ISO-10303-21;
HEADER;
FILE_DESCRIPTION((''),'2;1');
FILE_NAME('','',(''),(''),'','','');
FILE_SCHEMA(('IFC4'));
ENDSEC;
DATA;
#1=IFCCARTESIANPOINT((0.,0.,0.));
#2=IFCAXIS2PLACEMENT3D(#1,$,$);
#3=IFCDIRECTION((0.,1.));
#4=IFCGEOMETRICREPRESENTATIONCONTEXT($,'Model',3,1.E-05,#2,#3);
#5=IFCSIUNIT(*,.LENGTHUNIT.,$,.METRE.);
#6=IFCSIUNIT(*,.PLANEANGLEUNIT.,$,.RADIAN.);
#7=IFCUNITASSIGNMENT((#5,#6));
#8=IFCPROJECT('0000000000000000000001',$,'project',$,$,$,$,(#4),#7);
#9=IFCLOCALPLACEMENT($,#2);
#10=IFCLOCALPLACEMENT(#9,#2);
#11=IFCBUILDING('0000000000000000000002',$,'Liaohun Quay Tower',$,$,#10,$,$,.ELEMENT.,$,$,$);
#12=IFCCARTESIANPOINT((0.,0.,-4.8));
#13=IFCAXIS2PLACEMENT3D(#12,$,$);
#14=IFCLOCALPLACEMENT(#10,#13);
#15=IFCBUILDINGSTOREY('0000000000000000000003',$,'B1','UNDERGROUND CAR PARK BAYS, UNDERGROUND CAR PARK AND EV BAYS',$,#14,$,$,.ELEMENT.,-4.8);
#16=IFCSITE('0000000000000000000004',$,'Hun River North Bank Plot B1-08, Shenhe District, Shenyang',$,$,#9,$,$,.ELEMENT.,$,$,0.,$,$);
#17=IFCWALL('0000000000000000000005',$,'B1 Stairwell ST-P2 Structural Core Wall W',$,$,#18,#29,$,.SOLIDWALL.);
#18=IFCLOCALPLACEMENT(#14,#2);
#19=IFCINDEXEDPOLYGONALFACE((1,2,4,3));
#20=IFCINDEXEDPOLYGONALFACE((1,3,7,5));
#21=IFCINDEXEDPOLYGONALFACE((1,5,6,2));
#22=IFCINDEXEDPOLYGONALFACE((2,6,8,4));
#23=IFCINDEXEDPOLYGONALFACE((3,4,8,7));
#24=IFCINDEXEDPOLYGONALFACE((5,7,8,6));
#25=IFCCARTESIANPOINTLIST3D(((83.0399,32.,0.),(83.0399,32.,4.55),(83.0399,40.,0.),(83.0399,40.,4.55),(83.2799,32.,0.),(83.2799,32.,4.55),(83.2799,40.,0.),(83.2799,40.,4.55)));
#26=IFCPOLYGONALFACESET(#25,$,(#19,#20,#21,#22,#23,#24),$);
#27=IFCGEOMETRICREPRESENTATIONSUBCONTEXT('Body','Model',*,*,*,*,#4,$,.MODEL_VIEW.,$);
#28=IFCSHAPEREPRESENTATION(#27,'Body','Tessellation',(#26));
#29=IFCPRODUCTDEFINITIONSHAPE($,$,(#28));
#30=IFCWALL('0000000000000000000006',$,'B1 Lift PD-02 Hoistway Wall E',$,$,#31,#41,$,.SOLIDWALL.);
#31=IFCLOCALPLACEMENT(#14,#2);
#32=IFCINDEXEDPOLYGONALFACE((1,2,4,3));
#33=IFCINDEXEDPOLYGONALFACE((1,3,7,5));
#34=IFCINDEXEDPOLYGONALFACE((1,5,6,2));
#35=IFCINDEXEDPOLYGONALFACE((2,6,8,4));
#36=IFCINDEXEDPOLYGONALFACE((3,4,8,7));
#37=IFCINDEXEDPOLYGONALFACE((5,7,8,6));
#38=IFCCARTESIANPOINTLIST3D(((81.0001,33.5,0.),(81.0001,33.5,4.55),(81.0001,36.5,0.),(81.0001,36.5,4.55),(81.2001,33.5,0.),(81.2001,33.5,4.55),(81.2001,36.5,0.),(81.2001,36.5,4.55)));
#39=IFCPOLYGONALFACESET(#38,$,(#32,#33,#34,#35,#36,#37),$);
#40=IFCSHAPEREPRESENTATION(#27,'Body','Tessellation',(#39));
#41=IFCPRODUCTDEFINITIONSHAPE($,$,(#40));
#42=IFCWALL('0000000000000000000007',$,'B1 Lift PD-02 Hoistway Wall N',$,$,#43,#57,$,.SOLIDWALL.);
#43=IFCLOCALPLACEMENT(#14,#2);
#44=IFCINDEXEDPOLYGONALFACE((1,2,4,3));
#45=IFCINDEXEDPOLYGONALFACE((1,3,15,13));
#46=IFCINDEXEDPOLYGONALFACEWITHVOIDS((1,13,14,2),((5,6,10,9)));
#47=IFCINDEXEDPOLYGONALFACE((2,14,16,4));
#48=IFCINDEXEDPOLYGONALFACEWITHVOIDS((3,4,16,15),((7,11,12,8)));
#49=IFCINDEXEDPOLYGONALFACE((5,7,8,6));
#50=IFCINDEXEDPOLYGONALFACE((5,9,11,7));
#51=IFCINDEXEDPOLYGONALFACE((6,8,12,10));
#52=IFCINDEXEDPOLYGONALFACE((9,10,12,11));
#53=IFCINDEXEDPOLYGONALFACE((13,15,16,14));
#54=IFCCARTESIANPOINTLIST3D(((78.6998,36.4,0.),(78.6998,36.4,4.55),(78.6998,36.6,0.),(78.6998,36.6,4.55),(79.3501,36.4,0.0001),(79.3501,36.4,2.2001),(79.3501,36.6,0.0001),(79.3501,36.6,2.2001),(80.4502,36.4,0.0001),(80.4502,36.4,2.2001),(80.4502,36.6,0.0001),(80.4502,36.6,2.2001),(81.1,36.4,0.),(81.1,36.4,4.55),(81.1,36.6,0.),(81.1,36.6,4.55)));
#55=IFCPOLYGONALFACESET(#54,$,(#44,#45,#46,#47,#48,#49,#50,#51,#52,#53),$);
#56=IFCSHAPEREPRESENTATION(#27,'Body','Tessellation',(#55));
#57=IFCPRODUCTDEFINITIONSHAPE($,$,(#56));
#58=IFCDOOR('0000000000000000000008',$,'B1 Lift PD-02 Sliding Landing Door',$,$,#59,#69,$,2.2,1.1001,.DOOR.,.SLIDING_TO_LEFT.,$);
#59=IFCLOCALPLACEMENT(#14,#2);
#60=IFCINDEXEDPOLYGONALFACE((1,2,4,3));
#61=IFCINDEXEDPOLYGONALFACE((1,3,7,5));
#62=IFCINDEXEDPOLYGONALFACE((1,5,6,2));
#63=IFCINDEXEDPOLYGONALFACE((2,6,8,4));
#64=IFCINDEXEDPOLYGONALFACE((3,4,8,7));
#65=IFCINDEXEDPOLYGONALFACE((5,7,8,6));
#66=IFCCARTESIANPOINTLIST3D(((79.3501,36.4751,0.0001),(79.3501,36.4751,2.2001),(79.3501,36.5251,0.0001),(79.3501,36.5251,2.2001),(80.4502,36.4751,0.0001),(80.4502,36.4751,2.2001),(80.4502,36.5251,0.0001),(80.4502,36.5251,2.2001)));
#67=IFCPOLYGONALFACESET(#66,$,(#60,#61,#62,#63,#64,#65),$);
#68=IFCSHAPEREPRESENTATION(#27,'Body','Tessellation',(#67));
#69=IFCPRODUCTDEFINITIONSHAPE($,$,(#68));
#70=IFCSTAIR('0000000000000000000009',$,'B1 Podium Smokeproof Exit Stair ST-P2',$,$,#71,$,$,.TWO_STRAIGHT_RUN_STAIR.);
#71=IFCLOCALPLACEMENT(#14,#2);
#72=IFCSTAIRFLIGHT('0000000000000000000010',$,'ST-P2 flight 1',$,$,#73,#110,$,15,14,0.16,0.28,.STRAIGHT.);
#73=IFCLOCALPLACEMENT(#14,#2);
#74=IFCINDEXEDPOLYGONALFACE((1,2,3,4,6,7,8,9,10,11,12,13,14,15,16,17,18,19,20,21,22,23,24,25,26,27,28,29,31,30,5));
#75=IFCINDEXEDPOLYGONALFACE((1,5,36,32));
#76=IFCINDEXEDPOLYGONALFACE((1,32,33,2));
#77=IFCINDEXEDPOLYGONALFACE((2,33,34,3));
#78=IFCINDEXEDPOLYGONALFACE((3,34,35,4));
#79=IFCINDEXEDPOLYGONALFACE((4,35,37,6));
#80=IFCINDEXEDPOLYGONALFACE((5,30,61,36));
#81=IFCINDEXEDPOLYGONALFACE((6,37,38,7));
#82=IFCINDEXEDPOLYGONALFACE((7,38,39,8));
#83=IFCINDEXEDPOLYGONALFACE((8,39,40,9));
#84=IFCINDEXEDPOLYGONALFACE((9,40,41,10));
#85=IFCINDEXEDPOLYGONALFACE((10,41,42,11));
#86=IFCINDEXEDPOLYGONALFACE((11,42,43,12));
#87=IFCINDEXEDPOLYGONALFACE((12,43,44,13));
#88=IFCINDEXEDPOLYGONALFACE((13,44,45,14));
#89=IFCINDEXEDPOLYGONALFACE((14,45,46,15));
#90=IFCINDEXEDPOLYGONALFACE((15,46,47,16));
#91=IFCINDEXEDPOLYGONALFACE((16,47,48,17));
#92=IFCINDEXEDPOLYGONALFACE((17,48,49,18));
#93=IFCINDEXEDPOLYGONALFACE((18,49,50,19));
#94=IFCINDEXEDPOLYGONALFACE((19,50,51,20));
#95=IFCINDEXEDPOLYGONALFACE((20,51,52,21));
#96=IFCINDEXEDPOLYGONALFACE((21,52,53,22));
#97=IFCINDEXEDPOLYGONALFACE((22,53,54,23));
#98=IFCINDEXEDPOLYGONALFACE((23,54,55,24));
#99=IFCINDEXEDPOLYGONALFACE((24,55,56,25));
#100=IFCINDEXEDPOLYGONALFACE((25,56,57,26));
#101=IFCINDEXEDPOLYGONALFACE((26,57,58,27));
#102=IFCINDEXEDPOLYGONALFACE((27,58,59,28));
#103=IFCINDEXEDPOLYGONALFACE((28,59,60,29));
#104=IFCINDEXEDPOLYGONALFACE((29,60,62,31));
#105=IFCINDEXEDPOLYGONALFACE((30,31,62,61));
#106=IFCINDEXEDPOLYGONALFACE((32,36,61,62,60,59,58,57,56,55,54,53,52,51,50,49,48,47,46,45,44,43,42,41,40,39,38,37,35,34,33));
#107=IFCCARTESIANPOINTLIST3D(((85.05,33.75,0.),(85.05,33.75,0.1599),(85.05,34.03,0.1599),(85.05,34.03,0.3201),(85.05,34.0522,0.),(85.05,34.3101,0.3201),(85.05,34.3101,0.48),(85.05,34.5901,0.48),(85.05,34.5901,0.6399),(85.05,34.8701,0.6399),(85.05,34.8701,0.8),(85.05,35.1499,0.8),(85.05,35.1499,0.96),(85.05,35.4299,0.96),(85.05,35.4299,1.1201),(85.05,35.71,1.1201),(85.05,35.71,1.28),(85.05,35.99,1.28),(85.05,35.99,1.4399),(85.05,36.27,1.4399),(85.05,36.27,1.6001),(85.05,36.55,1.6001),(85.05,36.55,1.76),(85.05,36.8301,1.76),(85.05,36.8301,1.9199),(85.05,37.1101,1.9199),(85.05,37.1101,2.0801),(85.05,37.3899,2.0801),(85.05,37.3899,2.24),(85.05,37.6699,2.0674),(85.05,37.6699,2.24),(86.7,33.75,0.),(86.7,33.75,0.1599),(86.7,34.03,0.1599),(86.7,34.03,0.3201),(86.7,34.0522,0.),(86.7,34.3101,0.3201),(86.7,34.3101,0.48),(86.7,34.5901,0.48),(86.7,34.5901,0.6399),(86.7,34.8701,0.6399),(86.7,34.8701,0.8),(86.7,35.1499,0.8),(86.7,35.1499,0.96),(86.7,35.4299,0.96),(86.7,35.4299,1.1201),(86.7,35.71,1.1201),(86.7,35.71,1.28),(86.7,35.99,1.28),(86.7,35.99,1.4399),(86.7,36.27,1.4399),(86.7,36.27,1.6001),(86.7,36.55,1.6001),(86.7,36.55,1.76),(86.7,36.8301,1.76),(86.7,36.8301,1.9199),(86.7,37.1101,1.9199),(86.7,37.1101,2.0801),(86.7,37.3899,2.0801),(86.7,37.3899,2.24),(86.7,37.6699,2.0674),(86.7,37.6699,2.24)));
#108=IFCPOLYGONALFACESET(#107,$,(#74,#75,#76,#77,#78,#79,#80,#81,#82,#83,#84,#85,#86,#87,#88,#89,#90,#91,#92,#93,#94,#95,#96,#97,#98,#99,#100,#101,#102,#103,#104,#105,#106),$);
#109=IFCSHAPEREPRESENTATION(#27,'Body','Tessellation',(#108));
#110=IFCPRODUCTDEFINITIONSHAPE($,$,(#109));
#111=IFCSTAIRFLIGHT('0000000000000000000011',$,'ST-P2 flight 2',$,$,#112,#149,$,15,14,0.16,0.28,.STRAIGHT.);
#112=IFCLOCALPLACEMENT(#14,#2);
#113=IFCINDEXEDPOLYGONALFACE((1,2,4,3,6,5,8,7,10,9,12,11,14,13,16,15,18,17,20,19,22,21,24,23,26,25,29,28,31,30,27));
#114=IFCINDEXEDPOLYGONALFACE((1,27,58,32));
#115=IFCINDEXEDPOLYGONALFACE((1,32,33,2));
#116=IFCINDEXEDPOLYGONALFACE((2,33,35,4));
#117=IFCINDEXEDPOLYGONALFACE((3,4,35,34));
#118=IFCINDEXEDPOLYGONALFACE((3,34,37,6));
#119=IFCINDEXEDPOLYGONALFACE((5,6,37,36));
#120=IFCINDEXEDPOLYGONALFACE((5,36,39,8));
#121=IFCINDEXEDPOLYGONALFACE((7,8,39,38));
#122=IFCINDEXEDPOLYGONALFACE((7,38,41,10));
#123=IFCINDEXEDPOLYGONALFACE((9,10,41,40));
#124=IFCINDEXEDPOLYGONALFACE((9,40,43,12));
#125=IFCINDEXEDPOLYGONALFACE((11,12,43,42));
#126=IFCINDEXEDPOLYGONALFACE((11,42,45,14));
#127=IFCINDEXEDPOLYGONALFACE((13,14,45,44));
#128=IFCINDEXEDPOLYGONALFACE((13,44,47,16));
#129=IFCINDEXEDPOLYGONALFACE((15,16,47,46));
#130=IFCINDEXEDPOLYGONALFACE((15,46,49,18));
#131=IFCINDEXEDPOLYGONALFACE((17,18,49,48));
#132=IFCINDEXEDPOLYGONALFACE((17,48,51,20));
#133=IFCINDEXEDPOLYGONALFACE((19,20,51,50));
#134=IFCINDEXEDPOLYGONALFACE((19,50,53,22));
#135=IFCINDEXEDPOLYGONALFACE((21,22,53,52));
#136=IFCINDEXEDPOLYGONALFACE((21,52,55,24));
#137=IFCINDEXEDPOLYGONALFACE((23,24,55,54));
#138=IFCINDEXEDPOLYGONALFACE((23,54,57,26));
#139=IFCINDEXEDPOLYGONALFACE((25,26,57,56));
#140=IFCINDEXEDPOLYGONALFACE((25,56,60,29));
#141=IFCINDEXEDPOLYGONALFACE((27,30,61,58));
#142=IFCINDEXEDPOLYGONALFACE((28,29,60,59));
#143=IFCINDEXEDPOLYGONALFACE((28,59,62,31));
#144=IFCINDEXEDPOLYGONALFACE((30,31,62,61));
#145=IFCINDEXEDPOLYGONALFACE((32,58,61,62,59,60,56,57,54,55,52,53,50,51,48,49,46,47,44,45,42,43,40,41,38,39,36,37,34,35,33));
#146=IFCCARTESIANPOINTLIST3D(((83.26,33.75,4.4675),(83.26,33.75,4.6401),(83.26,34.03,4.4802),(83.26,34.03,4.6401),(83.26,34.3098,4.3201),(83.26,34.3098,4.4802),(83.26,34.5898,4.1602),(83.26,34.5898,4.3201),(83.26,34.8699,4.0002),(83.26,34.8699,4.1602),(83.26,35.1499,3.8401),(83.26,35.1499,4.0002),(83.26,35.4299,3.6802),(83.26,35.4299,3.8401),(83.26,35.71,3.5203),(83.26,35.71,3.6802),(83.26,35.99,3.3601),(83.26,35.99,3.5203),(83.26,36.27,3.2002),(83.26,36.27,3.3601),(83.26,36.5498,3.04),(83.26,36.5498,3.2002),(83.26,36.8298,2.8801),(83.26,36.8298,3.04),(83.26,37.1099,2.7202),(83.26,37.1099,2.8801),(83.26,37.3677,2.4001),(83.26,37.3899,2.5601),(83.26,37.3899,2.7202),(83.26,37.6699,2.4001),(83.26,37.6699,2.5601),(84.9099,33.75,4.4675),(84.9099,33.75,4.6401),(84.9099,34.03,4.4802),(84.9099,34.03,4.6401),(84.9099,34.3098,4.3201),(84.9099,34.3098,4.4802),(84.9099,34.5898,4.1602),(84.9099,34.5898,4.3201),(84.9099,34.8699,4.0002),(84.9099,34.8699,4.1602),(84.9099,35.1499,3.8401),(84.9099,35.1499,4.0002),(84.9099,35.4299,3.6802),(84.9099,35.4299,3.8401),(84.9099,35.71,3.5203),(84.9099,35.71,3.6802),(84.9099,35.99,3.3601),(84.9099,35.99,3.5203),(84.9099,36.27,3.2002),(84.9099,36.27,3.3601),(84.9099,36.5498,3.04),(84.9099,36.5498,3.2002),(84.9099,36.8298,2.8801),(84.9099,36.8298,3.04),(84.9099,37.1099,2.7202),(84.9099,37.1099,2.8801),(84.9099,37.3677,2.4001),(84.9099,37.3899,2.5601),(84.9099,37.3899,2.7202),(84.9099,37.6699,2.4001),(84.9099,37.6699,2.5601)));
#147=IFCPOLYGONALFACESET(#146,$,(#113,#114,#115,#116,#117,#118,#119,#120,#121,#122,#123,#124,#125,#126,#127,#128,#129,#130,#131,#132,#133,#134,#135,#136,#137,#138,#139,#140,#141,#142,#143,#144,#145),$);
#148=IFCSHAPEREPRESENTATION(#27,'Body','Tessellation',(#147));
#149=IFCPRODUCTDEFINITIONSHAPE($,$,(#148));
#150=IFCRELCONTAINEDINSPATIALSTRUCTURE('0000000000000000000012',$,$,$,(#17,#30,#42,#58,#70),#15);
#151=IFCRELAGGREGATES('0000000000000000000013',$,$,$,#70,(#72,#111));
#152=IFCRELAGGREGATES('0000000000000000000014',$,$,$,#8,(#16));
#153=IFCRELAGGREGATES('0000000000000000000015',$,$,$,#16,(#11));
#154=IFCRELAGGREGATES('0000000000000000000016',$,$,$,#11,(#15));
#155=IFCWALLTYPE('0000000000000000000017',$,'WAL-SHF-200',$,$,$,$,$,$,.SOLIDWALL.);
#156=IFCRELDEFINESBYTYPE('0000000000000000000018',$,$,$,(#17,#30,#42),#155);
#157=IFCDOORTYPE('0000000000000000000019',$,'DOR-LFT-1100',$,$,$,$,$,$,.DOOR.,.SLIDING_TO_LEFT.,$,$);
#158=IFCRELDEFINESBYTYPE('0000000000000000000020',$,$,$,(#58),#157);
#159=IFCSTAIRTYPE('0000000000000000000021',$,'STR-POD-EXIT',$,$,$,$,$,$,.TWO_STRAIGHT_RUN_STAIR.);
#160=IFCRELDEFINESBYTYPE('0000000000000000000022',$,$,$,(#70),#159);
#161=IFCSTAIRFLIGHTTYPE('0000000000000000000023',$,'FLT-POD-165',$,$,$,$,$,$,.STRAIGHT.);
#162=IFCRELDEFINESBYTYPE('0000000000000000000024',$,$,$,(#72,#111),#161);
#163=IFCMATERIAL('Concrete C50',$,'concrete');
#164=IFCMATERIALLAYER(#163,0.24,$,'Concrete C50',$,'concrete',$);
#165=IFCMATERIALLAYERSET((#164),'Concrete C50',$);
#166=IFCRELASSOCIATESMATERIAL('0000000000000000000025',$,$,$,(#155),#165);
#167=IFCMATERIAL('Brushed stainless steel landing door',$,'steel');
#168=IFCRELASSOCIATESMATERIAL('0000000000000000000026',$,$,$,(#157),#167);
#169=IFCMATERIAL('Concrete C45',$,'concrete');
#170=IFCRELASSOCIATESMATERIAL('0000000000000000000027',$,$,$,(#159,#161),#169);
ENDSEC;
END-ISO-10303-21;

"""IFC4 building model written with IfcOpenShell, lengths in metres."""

from ifc_helpers import new_model, si_unit, direction, frame, frame_2d, origin, place, context, subcontext, project, spatial, polyline, rectangle, outline, extrude, source, transform, mapped, material, layer, layer_set, type_object, element, fill, aggregate, save


model = new_model("IFC4")

# Units and contexts
model_context = context("Model", 3, precision=1e-05, world=origin(), true_north=direction((0.0, 1.0)))
body_context = subcontext(model_context, "Body", "Model", "MODEL_VIEW")
ifc_project = project(units=[si_unit("LENGTHUNIT", "METRE"), si_unit("PLANEANGLEUNIT", "RADIAN")], contexts=[model_context])

# Site, building, storey
site_placement = place(None, origin())
site = spatial("IfcSite", under=ifc_project, at=site_placement, Name="Hun River North Bank Plot B1-08, Shenhe District, Shenyang", CompositionType="ELEMENT", RefElevation=0.0)
building_placement = place(site_placement, origin())
building = spatial("IfcBuilding", under=site, at=building_placement, Name="Liaohun Quay Tower", CompositionType="ELEMENT")
storey_placement = place(building_placement, frame((0.0, 0.0, -4.8)))
storey = spatial("IfcBuildingStorey", under=building, at=storey_placement, Name="B1", Description="UNDERGROUND CAR PARK BAYS, UNDERGROUND CAR PARK AND EV BAYS", CompositionType="ELEMENT", Elevation=-4.8)

# Shared definitions
ifc_material_1 = material(Name="Concrete C50", Category="concrete")

# Shared definitions
ifc_material_2 = material(Name="Concrete C45", Category="concrete")

# Walls
ifc_layer_1 = layer(ifc_material_1, 0.24, Name="Concrete C50", Category="concrete")
ifc_layer_set_1 = layer_set([ifc_layer_1], Name="Concrete C50")
wall_type = type_object("IfcWallType", Name="WAL-SHF-200", PredefinedType="SOLIDWALL", material=ifc_layer_set_1)
wall_1_placement = place(storey_placement, frame((83.1599, 40.0, 0.0), z_axis=(0.0, 0.0, 1.0), x_axis=(0.0, -1.0, 0.0)))
element("IfcWall", 1, at=wall_1_placement, inside=storey, type_object=wall_type, Name="B1 Stairwell ST-P2 Structural Core Wall W", PredefinedType="SOLIDWALL", context=body_context, shape_type="SweptSolid", body=[
    extrude(rectangle(XDim=8.0, YDim=0.24, at=frame_2d((4.0, 0.0))), origin(), (0.0, 0.0, 1.0), 4.55),
])
wall_2_placement = place(storey_placement, frame((81.1001, 33.5, 0.0), z_axis=(0.0, 0.0, 1.0), x_axis=(0.0, 1.0, 0.0)))
element("IfcWall", 2, at=wall_2_placement, inside=storey, type_object=wall_type, Name="B1 Lift PD-02 Hoistway Wall E", PredefinedType="SOLIDWALL", context=body_context, shape_type="SweptSolid", body=[
    extrude(rectangle(XDim=3.0, YDim=0.2, at=frame_2d((1.5, 0.0))), origin(), (0.0, 0.0, 1.0), 4.55),
])

# Wall, opening, door
wall_3_placement = place(storey_placement, frame((81.1001, 36.5, 0.0), z_axis=(0.0, 0.0, 1.0), x_axis=(-1.0, 0.0, 0.0)))
wall_3 = element("IfcWall", 3, at=wall_3_placement, inside=storey, type_object=wall_type, Name="B1 Lift PD-02 Hoistway Wall N", PredefinedType="SOLIDWALL", context=body_context, shape_type="SweptSolid", body=[
    extrude(rectangle(XDim=2.4001, YDim=0.2, at=frame_2d((1.2002, 0.0))), origin(), (0.0, 0.0, 1.0), 4.55),
])
shared_shape_1 = source(origin(), body_context, "Body", "SweptSolid", [
    extrude(rectangle(XDim=1.1001, YDim=2.2, at=frame_2d((0.55, 1.1001))), frame((0.0, 0.1099, 0.0), z_axis=(0.0, -1.0, 0.0), x_axis=(1.0, 0.0, 0.0)), (0.0, 0.0, 1.0), 0.22),
])
opening_placement = place(wall_3_placement, frame((0.6499, 0.0, 0.0)))
opening = element("IfcOpeningElement", 4, at=opening_placement, cuts=wall_3, PredefinedType="OPENING", context=body_context, shape_type="MappedRepresentation", body=[
    mapped(shared_shape_1, transform((0.0, 0.0, 0.0), x_axis=(1.0, 0.0, 0.0), y_axis=(0.0, 1.0, 0.0), z_axis=(0.0, 0.0, 1.0), scale=1.0)),
])
ifc_material_3 = material(Name="Brushed stainless steel landing door", Category="steel")
door_type = type_object("IfcDoorType", Name="DOR-LFT-1100", OperationType="SLIDING_TO_LEFT", PredefinedType="DOOR", material=ifc_material_3)
shared_shape_2 = source(origin(), body_context, "Body", "SweptSolid", [
    extrude(rectangle(XDim=1.1001, YDim=2.2, at=frame_2d((0.55, 1.1001))), frame((0.0, 0.0249, 0.0), z_axis=(0.0, -1.0, 0.0), x_axis=(1.0, 0.0, 0.0)), (0.0, 0.0, 1.0), 0.05),
])
door_placement = place(opening_placement, origin())
door = element("IfcDoor", 5, at=door_placement, inside=storey, type_object=door_type, Name="B1 Lift PD-02 Sliding Landing Door", OperationType="SLIDING_TO_LEFT", OverallHeight=2.2, OverallWidth=1.1001, PredefinedType="DOOR", context=body_context, shape_type="MappedRepresentation", body=[
    mapped(shared_shape_2, transform((0.0, 0.0, 0.0), x_axis=(1.0, 0.0, 0.0), y_axis=(0.0, 1.0, 0.0), z_axis=(0.0, 0.0, 1.0), scale=1.0)),
])
fill(opening, door)

# Stair, stair flights
stair_type = type_object("IfcStairType", Name="STR-POD-EXIT", PredefinedType="TWO_STRAIGHT_RUN_STAIR", material=ifc_material_2)
stair_placement = place(storey_placement, origin())
stair = element("IfcStair", 6, at=stair_placement, inside=storey, type_object=stair_type, Name="B1 Podium Smokeproof Exit Stair ST-P2", PredefinedType="TWO_STRAIGHT_RUN_STAIR")
stair_flight_type = type_object("IfcStairFlightType", Name="FLT-POD-165", PredefinedType="STRAIGHT", material=ifc_material_2)
stair_flight_1_placement = place(storey_placement, frame((85.875, 33.75, 0.0), z_axis=(0.0, 0.0, 1.0), x_axis=(0.0, 1.0, 0.0)))
stair_flight_1 = element("IfcStairFlight", 7, at=stair_flight_1_placement, type_object=stair_flight_type, Name="ST-P2 flight 1", NumberOfRisers=15, NumberOfTreads=14, PredefinedType="STRAIGHT", RiserHeight=0.16, TreadLength=0.28, context=body_context, shape_type="SweptSolid", body=[
    extrude(outline(polyline([(0.0, 0.0), (0.0, 0.1599), (0.28, 0.1599), (0.28, 0.3201), (0.5601, 0.3201), (0.5601, 0.48), (0.8401, 0.48), (0.8401, 0.6399), (1.1201, 0.6399), (1.1201, 0.8), (1.3999, 0.8), (1.3999, 0.96), (1.6799, 0.96), (1.6799, 1.1201), (1.96, 1.1201), (1.96, 1.28), (2.24, 1.28), (2.24, 1.4399), (2.52, 1.4399), (2.52, 1.6001), (2.8, 1.6001), (2.8, 1.76), (3.0801, 1.76), (3.0801, 1.9199), (3.3601, 1.9199), (3.3601, 2.0801), (3.6399, 2.0801), (3.6399, 2.24), (3.9199, 2.24), (3.9199, 2.3999), (3.9199, 2.0674), (0.3022, 0.0), (0.0, 0.0)])), frame((0.0, 0.825, 0.0), z_axis=(0.0, -1.0, 0.0), x_axis=(1.0, 0.0, 0.0)), (0.0, 0.0, 1.0), 1.6499),
])
stair_flight_2_placement = place(storey_placement, frame((84.085, 37.6699, 2.4001), z_axis=(0.0, 0.0, 1.0), x_axis=(0.0, -1.0, 0.0)))
stair_flight_2 = element("IfcStairFlight", 8, at=stair_flight_2_placement, type_object=stair_flight_type, Name="ST-P2 flight 2", NumberOfRisers=15, NumberOfTreads=14, PredefinedType="STRAIGHT", RiserHeight=0.16, TreadLength=0.28, context=body_context, shape_type="SweptSolid", body=[
    extrude(outline(polyline([(0.0, 0.0), (0.0, 0.1599), (0.28, 0.1599), (0.28, 0.3201), (0.5601, 0.3201), (0.5601, 0.48), (0.8401, 0.48), (0.8401, 0.6399), (1.1201, 0.6399), (1.1201, 0.8), (1.3999, 0.8), (1.3999, 0.96), (1.6799, 0.96), (1.6799, 1.1201), (1.96, 1.1201), (1.96, 1.28), (2.24, 1.28), (2.24, 1.4399), (2.52, 1.4399), (2.52, 1.6001), (2.8, 1.6001), (2.8, 1.76), (3.0801, 1.76), (3.0801, 1.9199), (3.3601, 1.9199), (3.3601, 2.0801), (3.6399, 2.0801), (3.6399, 2.24), (3.9199, 2.24), (3.9199, 2.3999), (3.9199, 2.0674), (0.3022, 0.0), (0.0, 0.0)])), frame((0.0, 0.825, 0.0), z_axis=(0.0, -1.0, 0.0), x_axis=(1.0, 0.0, 0.0)), (0.0, 0.0, 1.0), 1.6499),
])
aggregate(stair, [stair_flight_1, stair_flight_2])

save(model, "model.ifc")
